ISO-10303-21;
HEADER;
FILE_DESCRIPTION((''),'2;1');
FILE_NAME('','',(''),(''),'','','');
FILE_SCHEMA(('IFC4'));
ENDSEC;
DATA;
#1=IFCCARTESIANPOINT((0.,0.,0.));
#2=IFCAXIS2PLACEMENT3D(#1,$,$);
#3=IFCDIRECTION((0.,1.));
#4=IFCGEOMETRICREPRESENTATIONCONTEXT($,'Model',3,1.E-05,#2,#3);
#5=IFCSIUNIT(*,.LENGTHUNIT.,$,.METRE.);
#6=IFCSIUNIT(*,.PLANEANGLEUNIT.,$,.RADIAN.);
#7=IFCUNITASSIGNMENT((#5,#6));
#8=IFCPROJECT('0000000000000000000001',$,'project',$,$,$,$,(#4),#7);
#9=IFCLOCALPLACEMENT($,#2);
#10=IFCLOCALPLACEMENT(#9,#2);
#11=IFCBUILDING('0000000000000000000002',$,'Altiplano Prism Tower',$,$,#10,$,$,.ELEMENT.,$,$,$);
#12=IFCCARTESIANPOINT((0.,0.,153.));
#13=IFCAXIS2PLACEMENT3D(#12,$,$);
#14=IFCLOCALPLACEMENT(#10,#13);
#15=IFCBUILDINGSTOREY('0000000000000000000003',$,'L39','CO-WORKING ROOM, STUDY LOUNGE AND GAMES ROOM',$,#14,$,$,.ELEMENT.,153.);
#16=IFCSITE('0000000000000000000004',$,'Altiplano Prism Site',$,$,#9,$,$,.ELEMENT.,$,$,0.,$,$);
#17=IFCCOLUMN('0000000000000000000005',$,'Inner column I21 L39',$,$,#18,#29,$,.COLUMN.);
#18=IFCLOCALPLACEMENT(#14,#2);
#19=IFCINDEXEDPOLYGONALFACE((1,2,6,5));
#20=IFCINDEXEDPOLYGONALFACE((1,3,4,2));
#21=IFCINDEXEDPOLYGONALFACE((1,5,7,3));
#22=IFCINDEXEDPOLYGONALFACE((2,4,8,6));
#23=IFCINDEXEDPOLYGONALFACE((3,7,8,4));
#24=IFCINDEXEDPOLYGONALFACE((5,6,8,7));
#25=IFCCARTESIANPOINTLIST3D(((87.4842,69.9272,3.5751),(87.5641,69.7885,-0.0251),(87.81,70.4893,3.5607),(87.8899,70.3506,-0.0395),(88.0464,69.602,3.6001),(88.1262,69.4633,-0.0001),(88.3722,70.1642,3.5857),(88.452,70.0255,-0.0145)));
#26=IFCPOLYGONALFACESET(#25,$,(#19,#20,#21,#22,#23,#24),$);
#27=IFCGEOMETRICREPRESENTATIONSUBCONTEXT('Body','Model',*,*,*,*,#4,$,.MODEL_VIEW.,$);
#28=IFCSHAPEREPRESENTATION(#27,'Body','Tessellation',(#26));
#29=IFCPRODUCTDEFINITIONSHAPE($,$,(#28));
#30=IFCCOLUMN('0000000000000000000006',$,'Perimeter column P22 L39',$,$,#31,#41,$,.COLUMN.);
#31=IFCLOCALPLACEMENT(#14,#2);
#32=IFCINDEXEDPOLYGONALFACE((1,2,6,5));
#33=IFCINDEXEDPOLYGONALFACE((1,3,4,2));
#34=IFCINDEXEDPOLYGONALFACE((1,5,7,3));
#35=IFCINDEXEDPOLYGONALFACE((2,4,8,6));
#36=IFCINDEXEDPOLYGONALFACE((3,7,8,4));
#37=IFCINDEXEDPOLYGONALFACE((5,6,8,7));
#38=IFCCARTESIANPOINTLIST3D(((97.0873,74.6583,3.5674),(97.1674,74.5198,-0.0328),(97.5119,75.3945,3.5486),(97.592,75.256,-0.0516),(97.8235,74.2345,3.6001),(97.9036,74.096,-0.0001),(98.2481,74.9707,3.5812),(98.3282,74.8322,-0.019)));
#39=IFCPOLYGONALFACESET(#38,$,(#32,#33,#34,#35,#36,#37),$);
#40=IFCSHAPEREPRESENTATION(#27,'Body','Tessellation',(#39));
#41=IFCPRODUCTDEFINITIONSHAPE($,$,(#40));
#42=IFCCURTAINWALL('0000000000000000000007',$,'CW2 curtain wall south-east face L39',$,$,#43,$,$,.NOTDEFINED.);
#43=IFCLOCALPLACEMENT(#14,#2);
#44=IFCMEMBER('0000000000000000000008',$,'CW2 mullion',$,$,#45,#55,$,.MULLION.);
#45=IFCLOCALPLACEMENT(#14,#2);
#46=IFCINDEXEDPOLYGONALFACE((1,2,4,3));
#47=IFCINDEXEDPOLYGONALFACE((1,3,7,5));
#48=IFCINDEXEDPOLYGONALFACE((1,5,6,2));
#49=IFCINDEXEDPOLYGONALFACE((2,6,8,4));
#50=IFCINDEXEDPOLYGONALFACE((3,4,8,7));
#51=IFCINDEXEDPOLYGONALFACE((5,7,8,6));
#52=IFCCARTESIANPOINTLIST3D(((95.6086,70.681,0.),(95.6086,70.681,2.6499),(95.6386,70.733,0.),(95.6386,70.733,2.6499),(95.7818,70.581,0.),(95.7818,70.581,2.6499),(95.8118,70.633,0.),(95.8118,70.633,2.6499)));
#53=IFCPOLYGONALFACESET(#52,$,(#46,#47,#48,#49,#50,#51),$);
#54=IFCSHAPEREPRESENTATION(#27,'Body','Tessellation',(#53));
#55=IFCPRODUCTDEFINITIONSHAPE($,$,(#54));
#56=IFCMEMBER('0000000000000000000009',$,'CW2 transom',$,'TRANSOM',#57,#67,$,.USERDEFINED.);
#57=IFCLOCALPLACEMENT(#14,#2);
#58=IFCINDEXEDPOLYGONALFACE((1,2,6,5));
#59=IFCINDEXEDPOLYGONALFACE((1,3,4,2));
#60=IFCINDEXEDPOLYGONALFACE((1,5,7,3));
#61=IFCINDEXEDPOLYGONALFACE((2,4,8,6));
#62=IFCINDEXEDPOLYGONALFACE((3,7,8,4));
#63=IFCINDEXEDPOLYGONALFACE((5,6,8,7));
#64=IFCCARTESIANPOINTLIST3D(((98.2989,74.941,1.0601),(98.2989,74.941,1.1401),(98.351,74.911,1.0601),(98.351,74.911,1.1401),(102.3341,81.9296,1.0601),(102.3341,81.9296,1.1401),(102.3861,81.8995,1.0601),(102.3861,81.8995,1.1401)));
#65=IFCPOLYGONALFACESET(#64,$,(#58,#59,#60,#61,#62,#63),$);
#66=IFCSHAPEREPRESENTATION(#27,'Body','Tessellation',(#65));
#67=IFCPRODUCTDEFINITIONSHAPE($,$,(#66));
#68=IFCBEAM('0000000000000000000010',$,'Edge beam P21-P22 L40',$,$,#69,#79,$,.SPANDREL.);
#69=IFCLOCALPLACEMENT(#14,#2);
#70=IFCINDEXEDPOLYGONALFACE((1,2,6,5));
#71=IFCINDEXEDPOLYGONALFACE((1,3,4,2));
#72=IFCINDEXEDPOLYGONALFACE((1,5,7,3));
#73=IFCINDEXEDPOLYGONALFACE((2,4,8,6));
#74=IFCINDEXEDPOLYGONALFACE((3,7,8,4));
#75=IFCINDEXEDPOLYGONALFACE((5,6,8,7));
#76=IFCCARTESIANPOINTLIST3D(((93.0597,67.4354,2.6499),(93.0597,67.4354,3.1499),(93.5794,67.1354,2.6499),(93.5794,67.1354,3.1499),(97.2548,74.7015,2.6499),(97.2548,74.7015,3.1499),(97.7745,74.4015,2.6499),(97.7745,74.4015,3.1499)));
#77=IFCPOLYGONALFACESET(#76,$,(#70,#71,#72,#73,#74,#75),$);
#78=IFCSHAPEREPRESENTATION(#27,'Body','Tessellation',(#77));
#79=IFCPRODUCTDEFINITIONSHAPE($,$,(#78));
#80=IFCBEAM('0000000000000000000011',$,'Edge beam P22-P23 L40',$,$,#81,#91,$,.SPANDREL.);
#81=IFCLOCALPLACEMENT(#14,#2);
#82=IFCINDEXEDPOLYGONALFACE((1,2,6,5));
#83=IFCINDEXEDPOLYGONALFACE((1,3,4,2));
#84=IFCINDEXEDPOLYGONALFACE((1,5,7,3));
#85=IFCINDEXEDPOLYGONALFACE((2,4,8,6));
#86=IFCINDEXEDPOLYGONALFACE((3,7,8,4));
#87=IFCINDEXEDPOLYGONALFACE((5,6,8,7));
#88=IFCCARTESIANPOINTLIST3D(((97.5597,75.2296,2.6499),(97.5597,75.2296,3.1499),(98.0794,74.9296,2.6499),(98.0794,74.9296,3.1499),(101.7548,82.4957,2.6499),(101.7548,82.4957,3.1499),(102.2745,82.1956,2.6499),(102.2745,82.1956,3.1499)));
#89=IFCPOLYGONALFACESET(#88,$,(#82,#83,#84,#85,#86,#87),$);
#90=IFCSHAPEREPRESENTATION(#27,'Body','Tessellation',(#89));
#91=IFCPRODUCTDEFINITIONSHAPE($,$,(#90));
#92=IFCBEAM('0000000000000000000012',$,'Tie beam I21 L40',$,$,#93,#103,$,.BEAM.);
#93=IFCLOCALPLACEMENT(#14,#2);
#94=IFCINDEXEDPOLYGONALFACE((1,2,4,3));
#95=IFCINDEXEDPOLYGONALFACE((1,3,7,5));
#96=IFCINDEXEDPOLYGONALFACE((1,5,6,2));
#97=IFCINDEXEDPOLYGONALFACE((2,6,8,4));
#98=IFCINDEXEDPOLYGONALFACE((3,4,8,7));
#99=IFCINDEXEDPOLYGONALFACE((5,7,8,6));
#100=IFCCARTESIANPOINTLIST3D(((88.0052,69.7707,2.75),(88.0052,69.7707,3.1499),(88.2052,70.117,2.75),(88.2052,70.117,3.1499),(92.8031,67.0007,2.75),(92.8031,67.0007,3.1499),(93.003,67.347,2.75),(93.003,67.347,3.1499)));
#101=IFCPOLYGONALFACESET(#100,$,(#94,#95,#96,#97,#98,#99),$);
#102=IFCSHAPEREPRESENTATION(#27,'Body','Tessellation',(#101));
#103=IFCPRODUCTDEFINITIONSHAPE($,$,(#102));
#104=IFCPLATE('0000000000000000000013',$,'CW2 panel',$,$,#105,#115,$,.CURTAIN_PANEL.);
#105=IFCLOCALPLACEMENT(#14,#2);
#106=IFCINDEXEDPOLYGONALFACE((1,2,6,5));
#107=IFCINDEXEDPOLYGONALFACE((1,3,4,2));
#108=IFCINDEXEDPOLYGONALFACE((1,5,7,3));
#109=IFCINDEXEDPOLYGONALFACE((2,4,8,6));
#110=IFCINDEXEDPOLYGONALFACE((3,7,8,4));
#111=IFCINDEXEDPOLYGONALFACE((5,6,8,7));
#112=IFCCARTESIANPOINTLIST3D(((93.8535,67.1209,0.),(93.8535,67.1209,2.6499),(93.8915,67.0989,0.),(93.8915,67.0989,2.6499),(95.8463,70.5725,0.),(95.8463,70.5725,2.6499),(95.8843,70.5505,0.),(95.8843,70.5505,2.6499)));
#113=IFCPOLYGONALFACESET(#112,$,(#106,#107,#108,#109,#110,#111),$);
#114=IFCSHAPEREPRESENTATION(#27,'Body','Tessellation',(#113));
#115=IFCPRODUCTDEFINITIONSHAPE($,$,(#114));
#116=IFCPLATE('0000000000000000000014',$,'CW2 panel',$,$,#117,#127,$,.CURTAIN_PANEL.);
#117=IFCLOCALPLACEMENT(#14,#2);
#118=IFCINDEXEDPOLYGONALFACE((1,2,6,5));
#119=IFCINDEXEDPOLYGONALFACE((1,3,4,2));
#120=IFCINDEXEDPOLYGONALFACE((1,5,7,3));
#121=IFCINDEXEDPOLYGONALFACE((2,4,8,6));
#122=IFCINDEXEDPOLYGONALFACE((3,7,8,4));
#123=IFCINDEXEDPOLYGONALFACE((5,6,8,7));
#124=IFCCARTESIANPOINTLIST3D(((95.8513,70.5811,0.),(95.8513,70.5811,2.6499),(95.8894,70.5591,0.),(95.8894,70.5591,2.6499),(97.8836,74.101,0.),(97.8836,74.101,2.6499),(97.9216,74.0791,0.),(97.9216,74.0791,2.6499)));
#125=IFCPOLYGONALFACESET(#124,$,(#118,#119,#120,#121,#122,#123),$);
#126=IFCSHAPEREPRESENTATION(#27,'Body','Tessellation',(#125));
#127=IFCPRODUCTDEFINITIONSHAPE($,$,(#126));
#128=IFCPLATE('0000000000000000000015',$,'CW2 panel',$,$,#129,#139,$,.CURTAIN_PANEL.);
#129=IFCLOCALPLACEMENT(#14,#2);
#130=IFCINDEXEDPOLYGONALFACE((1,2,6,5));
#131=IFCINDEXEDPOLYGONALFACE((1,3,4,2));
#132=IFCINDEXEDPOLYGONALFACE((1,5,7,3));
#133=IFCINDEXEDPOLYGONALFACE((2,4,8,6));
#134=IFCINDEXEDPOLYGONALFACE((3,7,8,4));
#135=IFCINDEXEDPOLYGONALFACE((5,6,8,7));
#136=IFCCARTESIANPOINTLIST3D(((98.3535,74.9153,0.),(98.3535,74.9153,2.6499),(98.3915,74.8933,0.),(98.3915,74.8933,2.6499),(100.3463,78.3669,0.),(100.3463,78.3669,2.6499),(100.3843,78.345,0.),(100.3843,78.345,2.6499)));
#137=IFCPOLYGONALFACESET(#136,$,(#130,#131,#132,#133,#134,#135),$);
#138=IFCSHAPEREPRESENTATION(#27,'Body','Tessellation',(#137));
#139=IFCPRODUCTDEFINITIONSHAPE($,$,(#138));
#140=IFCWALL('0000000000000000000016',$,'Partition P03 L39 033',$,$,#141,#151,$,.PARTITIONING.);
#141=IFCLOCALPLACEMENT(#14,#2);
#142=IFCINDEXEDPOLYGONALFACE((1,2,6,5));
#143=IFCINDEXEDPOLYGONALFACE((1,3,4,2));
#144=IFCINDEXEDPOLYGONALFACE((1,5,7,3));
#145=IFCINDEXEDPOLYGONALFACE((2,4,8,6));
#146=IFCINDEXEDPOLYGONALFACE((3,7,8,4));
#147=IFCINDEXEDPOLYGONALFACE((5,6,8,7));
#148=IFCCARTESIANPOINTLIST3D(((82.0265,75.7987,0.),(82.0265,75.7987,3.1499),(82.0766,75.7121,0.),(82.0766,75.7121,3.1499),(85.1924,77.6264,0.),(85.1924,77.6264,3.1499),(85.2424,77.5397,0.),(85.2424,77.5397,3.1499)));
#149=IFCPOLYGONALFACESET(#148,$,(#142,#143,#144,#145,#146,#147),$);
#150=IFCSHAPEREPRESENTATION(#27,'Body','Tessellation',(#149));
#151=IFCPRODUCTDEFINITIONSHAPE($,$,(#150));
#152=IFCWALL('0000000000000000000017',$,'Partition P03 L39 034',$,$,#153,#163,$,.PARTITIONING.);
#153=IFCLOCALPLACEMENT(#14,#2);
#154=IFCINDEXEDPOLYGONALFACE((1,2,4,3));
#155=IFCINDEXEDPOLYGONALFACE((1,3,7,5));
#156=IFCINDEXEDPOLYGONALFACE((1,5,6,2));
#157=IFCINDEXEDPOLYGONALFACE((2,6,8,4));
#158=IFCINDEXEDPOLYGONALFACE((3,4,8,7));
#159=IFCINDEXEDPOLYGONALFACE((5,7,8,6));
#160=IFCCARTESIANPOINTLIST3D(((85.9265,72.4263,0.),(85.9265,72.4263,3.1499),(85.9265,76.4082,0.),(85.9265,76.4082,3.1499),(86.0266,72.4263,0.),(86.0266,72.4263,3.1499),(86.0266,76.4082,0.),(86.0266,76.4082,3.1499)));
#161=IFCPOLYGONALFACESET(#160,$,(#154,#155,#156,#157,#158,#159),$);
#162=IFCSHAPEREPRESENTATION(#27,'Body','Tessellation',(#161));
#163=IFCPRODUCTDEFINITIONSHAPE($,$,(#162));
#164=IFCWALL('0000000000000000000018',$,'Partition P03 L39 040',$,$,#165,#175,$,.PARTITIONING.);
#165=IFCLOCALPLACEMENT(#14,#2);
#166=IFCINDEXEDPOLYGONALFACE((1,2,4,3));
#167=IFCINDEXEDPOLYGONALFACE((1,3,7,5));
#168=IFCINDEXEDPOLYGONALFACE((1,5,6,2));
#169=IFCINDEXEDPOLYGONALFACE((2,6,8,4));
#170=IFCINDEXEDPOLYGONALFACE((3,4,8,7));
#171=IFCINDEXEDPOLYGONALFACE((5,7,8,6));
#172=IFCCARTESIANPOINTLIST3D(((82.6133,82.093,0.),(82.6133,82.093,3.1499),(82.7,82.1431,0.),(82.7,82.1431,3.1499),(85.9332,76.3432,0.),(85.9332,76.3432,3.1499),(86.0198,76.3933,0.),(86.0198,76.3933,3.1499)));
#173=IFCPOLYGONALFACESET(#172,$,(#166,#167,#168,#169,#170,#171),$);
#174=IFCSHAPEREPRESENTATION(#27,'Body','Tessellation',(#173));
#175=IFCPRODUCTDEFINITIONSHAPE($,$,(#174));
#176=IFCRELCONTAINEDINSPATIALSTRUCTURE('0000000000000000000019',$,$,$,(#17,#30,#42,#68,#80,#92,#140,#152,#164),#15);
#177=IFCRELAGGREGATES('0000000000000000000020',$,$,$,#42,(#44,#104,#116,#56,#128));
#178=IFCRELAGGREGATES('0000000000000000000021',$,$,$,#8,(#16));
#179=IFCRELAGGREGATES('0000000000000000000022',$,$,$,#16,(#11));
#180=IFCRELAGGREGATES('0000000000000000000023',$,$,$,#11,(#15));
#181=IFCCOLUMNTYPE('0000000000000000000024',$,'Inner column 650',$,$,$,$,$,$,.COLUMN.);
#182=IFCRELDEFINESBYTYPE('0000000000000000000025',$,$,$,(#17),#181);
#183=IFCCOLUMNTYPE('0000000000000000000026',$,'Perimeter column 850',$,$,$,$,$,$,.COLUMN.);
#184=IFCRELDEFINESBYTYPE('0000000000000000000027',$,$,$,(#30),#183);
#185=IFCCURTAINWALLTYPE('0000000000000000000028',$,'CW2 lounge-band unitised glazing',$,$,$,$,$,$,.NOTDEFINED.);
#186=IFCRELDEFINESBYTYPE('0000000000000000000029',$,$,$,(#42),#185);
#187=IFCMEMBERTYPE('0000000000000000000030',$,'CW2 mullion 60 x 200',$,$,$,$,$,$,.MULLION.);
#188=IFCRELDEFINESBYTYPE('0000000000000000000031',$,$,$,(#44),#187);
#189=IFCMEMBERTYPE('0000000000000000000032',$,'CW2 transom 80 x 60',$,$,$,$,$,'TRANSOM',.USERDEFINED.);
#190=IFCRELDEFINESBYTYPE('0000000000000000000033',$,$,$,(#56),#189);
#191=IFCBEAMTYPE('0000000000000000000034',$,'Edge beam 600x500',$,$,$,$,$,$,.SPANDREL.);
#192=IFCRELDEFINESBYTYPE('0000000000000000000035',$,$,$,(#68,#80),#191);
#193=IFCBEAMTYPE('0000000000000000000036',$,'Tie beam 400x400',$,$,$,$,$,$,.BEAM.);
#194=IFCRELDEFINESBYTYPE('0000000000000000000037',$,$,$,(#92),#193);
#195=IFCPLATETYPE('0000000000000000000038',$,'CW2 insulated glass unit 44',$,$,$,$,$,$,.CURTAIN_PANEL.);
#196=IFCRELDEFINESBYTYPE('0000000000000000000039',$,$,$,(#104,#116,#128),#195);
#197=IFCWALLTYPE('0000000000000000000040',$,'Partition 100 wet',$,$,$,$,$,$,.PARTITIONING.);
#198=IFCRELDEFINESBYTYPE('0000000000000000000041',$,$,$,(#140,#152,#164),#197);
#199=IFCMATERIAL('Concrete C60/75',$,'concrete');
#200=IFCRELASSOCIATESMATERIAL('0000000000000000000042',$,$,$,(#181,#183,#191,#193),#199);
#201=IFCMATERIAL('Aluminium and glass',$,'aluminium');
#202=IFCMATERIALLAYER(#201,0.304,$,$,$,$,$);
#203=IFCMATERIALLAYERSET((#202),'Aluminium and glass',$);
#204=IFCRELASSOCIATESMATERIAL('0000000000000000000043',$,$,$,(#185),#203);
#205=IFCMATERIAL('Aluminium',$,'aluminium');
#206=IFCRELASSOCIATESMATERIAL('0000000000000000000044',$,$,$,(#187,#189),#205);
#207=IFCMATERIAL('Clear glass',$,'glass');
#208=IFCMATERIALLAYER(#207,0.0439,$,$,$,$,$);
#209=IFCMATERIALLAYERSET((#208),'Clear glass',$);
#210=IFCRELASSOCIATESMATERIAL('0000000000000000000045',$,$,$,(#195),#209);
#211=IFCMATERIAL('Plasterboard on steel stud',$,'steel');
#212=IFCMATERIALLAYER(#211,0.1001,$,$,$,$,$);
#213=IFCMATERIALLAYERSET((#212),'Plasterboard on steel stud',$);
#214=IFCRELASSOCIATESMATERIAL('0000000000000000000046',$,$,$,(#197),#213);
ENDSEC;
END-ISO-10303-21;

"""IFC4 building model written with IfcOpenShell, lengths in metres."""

from ifc_helpers import new_model, si_unit, direction, frame, frame_2d, origin, origin_2d, place, context, subcontext, project, spatial, rectangle, extrude, material, layer, layer_set, material_profile, profile_set, type_object, element, aggregate, save


model = new_model("IFC4")

# Units and contexts
model_context = context("Model", 3, precision=1e-05, world=origin(), true_north=direction((0.0, 1.0)))
body_context = subcontext(model_context, "Body", "Model", "MODEL_VIEW")
ifc_project = project(units=[si_unit("LENGTHUNIT", "METRE"), si_unit("PLANEANGLEUNIT", "RADIAN")], contexts=[model_context])

# Site, building, storey
site_placement = place(None, origin())
site = spatial("IfcSite", under=ifc_project, at=site_placement, Name="Altiplano Prism Site", CompositionType="ELEMENT", RefElevation=0.0)
building_placement = place(site_placement, origin())
building = spatial("IfcBuilding", under=site, at=building_placement, Name="Altiplano Prism Tower", CompositionType="ELEMENT")
storey_placement = place(building_placement, frame((0.0, 0.0, 153.0)))
storey = spatial("IfcBuildingStorey", under=building, at=storey_placement, Name="L39", Description="CO-WORKING ROOM, STUDY LOUNGE AND GAMES ROOM", CompositionType="ELEMENT", Elevation=153.0)

# Columns
ifc_material_1 = material(Name="Concrete C60/75", Category="concrete")
ifc_material_profile_1 = material_profile(ifc_material_1, rectangle(XDim=0.6499, YDim=0.6499, at=origin_2d()), Name="Inner column 650")
ifc_profile_set_1 = profile_set([ifc_material_profile_1], Name="Concrete C60/75")
column_type_1 = type_object("IfcColumnType", Name="Inner column 650", PredefinedType="COLUMN", material=ifc_profile_set_1)
column_1_placement = place(storey_placement, frame((88.0081, 69.907, -0.0198), z_axis=(-0.022154, 0.038481, 0.999014), x_axis=(-0.501318, -0.864979, 0.022201)))
element("IfcColumn", 1, at=column_1_placement, inside=storey, type_object=column_type_1, Name="Inner column I21 L39", PredefinedType="COLUMN", context=body_context, shape_type="SweptSolid", body=[
    extrude(rectangle(XDim=0.6499, YDim=0.6499, at=origin_2d()), origin(), (0.0, 0.0, 1.0), 3.6038),
])
ifc_material_profile_2 = material_profile(ifc_material_1, rectangle(XDim=0.8501, YDim=0.8501, at=origin_2d()), Name="Perimeter column 850")
ifc_profile_set_2 = profile_set([ifc_material_profile_2], Name="Concrete C60/75")
column_type_2 = type_object("IfcColumnType", Name="Perimeter column 850", PredefinedType="COLUMN", material=ifc_profile_set_2)
column_2_placement = place(storey_placement, frame((97.7478, 74.676, -0.0259), z_axis=(-0.022221, 0.038413, 0.999015), x_axis=(-0.499513, -0.866022, 0.022189)))
element("IfcColumn", 2, at=column_2_placement, inside=storey, type_object=column_type_2, Name="Perimeter column P22 L39", PredefinedType="COLUMN", context=body_context, shape_type="SweptSolid", body=[
    extrude(rectangle(XDim=0.8501, YDim=0.8501, at=origin_2d()), origin(), (0.0, 0.0, 1.0), 3.6038),
])

# Curtain wall, members
ifc_material_2 = material(Name="Aluminium and glass", Category="aluminium")
ifc_layer_1 = layer(ifc_material_2, 0.304)
ifc_layer_set_1 = layer_set([ifc_layer_1], Name="Aluminium and glass")
curtain_wall_type = type_object("IfcCurtainWallType", Name="CW2 lounge-band unitised glazing", PredefinedType="NOTDEFINED", material=ifc_layer_set_1)
curtain_wall_placement = place(storey_placement, origin())
curtain_wall = element("IfcCurtainWall", 3, at=curtain_wall_placement, inside=storey, type_object=curtain_wall_type, Name="CW2 curtain wall south-east face L39", PredefinedType="NOTDEFINED")
ifc_material_3 = material(Name="Aluminium", Category="aluminium")
ifc_material_profile_3 = material_profile(ifc_material_3, rectangle(XDim=0.2, YDim=0.0601, at=origin_2d()), Name="CW2 mullion 60 x 200")
ifc_profile_set_3 = profile_set([ifc_material_profile_3], Name="Aluminium")
member_type_1 = type_object("IfcMemberType", Name="CW2 mullion 60 x 200", PredefinedType="MULLION", material=ifc_profile_set_3)
member_1_placement = place(storey_placement, frame((95.7102, 70.657, 0.0), z_axis=(0.0, 0.0, 1.0), x_axis=(-0.866025, 0.5, 0.0)))
member_1 = element("IfcMember", 4, at=member_1_placement, type_object=member_type_1, Name="CW2 mullion", PredefinedType="MULLION", context=body_context, shape_type="SweptSolid", body=[
    extrude(rectangle(XDim=0.2, YDim=0.0601, at=origin_2d()), origin(), (0.0, 0.0, 1.0), 2.6499),
])
ifc_material_profile_4 = material_profile(ifc_material_3, rectangle(XDim=0.0601, YDim=0.0801, at=origin_2d()), Name="CW2 transom 80 x 60")
ifc_profile_set_4 = profile_set([ifc_material_profile_4], Name="Aluminium")
member_type_2 = type_object("IfcMemberType", Name="CW2 transom 80 x 60", ElementType="TRANSOM", PredefinedType="USERDEFINED", material=ifc_profile_set_4)
member_2_placement = place(storey_placement, frame((98.325, 74.926, 1.1001), z_axis=(0.500031, 0.866008, 0.0), x_axis=(-0.866008, 0.500031, 0.0)))
member_2 = element("IfcMember", 5, at=member_2_placement, type_object=member_type_2, Name="CW2 transom", ObjectType="TRANSOM", PredefinedType="USERDEFINED", context=body_context, shape_type="SweptSolid", body=[
    extrude(rectangle(XDim=0.0601, YDim=0.0801, at=origin_2d()), origin(), (0.0, 0.0, 1.0), 8.0698),
])

# Beams
ifc_material_profile_5 = material_profile(ifc_material_1, rectangle(XDim=0.6001, YDim=0.5, at=origin_2d()), Name="Edge beam 600x500")
ifc_profile_set_5 = profile_set([ifc_material_profile_5], Name="Concrete C60/75")
beam_type_1 = type_object("IfcBeamType", Name="Edge beam 600x500", PredefinedType="SPANDREL", material=ifc_profile_set_5)
for number, where, z_axis, x_axis, name in (
    (6, (93.3196, 67.2854, 2.8999), (0.499998, 0.866027, 0.0), (-0.866027, 0.499998, 0.0), "Edge beam P21-P22 L40"),
    (7, (97.8196, 75.0796, 2.8999), (0.499998, 0.866027, 0.0), (-0.866027, 0.499998, 0.0), "Edge beam P22-P23 L40"),
):
    element("IfcBeam", number, at=place(storey_placement, frame(where, z_axis=z_axis, x_axis=x_axis)), inside=storey, type_object=beam_type_1, Name=name, PredefinedType="SPANDREL", context=body_context, shape_type="SweptSolid", body=[
        extrude(rectangle(XDim=0.6001, YDim=0.5, at=origin_2d()), origin(), (0.0, 0.0, 1.0), 8.3901),
    ])
ifc_material_profile_6 = material_profile(ifc_material_1, rectangle(XDim=0.3999, YDim=0.3999, at=origin_2d()), Name="Tie beam 400x400")
ifc_profile_set_6 = profile_set([ifc_material_profile_6], Name="Concrete C60/75")
beam_type_2 = type_object("IfcBeamType", Name="Tie beam 400x400", PredefinedType="BEAM", material=ifc_profile_set_6)
beam_placement = place(storey_placement, frame((88.1052, 69.9438, 2.95), z_axis=(0.866027, -0.499997, 0.0), x_axis=(0.499997, 0.866027, 0.0)))
element("IfcBeam", 8, at=beam_placement, inside=storey, type_object=beam_type_2, Name="Tie beam I21 L40", PredefinedType="BEAM", context=body_context, shape_type="SweptSolid", body=[
    extrude(rectangle(XDim=0.3999, YDim=0.3999, at=origin_2d()), origin(), (0.0, 0.0, 1.0), 5.54),
])

# Plates
ifc_material_4 = material(Name="Clear glass", Category="glass")
ifc_layer_2 = layer(ifc_material_4, 0.0439)
ifc_layer_set_2 = layer_set([ifc_layer_2], Name="Clear glass")
plate_type = type_object("IfcPlateType", Name="CW2 insulated glass unit 44", PredefinedType="CURTAIN_PANEL", material=ifc_layer_set_2)
plate_1_placement = place(storey_placement, frame((94.8689, 68.8357, 0.0), z_axis=(0.0, 0.0, 1.0), x_axis=(0.5, 0.866025, 0.0)))
plate_1 = element("IfcPlate", 9, at=plate_1_placement, type_object=plate_type, Name="CW2 panel", PredefinedType="CURTAIN_PANEL", context=body_context, shape_type="SweptSolid", body=[
    extrude(rectangle(XDim=3.9856, YDim=0.0439, at=origin_2d()), origin(), (0.0, 0.0, 1.0), 2.6499),
])
plate_2_placement = place(storey_placement, frame((96.8865, 72.3301, 0.0), z_axis=(0.0, 0.0, 1.0), x_axis=(0.5, 0.866025, 0.0)))
plate_2 = element("IfcPlate", 10, at=plate_2_placement, type_object=plate_type, Name="CW2 panel", PredefinedType="CURTAIN_PANEL", context=body_context, shape_type="SweptSolid", body=[
    extrude(rectangle(XDim=4.0645, YDim=0.0439, at=origin_2d()), origin(), (0.0, 0.0, 1.0), 2.6499),
])
plate_3_placement = place(storey_placement, frame((99.3689, 76.6301, 0.0), z_axis=(0.0, 0.0, 1.0), x_axis=(0.5, 0.866025, 0.0)))
plate_3 = element("IfcPlate", 11, at=plate_3_placement, type_object=plate_type, Name="CW2 panel", PredefinedType="CURTAIN_PANEL", context=body_context, shape_type="SweptSolid", body=[
    extrude(rectangle(XDim=3.9856, YDim=0.0439, at=origin_2d()), origin(), (0.0, 0.0, 1.0), 2.6499),
])
aggregate(curtain_wall, [member_1, plate_1, plate_2, member_2, plate_3])

# Walls
ifc_material_5 = material(Name="Plasterboard on steel stud", Category="steel")
ifc_layer_3 = layer(ifc_material_5, 0.1001)
ifc_layer_set_3 = layer_set([ifc_layer_3], Name="Plasterboard on steel stud")
wall_type_1 = type_object("IfcWallType", Name="Partition 100 wet", PredefinedType="PARTITIONING", material=ifc_layer_set_3)
wall_1_placement = place(storey_placement, frame((85.2173, 77.583, 0.0), z_axis=(0.0, 0.0, 1.0), x_axis=(-0.86604, -0.499975, 0.0)))
element("IfcWall", 12, at=wall_1_placement, inside=storey, type_object=wall_type_1, Name="Partition P03 L39 033", PredefinedType="PARTITIONING", context=body_context, shape_type="SweptSolid", body=[
    extrude(rectangle(XDim=3.6555, YDim=0.1001, at=frame_2d((1.8276, 0.0))), origin(), (0.0, 0.0, 1.0), 3.1499),
])
wall_2_placement = place(storey_placement, frame((85.9766, 72.4263, 0.0), z_axis=(0.0, 0.0, 1.0), x_axis=(0.0, 1.0, 0.0)))
element("IfcWall", 13, at=wall_2_placement, inside=storey, type_object=wall_type_1, Name="Partition P03 L39 034", PredefinedType="PARTITIONING", context=body_context, shape_type="SweptSolid", body=[
    extrude(rectangle(XDim=3.9819, YDim=0.1001, at=frame_2d((1.991, 0.0))), origin(), (0.0, 0.0, 1.0), 3.1499),
])
wall_3_placement = place(storey_placement, frame((85.9766, 76.3682, 0.0), z_axis=(0.0, 0.0, 1.0), x_axis=(-0.500023, 0.866012, 0.0)))
element("IfcWall", 14, at=wall_3_placement, inside=storey, type_object=wall_type_1, Name="Partition P03 L39 040", PredefinedType="PARTITIONING", context=body_context, shape_type="SweptSolid", body=[
    extrude(rectangle(XDim=6.6394, YDim=0.1001, at=frame_2d((3.3198, 0.0))), origin(), (0.0, 0.0, 1.0), 3.1499),
])

save(model, "model.ifc")
